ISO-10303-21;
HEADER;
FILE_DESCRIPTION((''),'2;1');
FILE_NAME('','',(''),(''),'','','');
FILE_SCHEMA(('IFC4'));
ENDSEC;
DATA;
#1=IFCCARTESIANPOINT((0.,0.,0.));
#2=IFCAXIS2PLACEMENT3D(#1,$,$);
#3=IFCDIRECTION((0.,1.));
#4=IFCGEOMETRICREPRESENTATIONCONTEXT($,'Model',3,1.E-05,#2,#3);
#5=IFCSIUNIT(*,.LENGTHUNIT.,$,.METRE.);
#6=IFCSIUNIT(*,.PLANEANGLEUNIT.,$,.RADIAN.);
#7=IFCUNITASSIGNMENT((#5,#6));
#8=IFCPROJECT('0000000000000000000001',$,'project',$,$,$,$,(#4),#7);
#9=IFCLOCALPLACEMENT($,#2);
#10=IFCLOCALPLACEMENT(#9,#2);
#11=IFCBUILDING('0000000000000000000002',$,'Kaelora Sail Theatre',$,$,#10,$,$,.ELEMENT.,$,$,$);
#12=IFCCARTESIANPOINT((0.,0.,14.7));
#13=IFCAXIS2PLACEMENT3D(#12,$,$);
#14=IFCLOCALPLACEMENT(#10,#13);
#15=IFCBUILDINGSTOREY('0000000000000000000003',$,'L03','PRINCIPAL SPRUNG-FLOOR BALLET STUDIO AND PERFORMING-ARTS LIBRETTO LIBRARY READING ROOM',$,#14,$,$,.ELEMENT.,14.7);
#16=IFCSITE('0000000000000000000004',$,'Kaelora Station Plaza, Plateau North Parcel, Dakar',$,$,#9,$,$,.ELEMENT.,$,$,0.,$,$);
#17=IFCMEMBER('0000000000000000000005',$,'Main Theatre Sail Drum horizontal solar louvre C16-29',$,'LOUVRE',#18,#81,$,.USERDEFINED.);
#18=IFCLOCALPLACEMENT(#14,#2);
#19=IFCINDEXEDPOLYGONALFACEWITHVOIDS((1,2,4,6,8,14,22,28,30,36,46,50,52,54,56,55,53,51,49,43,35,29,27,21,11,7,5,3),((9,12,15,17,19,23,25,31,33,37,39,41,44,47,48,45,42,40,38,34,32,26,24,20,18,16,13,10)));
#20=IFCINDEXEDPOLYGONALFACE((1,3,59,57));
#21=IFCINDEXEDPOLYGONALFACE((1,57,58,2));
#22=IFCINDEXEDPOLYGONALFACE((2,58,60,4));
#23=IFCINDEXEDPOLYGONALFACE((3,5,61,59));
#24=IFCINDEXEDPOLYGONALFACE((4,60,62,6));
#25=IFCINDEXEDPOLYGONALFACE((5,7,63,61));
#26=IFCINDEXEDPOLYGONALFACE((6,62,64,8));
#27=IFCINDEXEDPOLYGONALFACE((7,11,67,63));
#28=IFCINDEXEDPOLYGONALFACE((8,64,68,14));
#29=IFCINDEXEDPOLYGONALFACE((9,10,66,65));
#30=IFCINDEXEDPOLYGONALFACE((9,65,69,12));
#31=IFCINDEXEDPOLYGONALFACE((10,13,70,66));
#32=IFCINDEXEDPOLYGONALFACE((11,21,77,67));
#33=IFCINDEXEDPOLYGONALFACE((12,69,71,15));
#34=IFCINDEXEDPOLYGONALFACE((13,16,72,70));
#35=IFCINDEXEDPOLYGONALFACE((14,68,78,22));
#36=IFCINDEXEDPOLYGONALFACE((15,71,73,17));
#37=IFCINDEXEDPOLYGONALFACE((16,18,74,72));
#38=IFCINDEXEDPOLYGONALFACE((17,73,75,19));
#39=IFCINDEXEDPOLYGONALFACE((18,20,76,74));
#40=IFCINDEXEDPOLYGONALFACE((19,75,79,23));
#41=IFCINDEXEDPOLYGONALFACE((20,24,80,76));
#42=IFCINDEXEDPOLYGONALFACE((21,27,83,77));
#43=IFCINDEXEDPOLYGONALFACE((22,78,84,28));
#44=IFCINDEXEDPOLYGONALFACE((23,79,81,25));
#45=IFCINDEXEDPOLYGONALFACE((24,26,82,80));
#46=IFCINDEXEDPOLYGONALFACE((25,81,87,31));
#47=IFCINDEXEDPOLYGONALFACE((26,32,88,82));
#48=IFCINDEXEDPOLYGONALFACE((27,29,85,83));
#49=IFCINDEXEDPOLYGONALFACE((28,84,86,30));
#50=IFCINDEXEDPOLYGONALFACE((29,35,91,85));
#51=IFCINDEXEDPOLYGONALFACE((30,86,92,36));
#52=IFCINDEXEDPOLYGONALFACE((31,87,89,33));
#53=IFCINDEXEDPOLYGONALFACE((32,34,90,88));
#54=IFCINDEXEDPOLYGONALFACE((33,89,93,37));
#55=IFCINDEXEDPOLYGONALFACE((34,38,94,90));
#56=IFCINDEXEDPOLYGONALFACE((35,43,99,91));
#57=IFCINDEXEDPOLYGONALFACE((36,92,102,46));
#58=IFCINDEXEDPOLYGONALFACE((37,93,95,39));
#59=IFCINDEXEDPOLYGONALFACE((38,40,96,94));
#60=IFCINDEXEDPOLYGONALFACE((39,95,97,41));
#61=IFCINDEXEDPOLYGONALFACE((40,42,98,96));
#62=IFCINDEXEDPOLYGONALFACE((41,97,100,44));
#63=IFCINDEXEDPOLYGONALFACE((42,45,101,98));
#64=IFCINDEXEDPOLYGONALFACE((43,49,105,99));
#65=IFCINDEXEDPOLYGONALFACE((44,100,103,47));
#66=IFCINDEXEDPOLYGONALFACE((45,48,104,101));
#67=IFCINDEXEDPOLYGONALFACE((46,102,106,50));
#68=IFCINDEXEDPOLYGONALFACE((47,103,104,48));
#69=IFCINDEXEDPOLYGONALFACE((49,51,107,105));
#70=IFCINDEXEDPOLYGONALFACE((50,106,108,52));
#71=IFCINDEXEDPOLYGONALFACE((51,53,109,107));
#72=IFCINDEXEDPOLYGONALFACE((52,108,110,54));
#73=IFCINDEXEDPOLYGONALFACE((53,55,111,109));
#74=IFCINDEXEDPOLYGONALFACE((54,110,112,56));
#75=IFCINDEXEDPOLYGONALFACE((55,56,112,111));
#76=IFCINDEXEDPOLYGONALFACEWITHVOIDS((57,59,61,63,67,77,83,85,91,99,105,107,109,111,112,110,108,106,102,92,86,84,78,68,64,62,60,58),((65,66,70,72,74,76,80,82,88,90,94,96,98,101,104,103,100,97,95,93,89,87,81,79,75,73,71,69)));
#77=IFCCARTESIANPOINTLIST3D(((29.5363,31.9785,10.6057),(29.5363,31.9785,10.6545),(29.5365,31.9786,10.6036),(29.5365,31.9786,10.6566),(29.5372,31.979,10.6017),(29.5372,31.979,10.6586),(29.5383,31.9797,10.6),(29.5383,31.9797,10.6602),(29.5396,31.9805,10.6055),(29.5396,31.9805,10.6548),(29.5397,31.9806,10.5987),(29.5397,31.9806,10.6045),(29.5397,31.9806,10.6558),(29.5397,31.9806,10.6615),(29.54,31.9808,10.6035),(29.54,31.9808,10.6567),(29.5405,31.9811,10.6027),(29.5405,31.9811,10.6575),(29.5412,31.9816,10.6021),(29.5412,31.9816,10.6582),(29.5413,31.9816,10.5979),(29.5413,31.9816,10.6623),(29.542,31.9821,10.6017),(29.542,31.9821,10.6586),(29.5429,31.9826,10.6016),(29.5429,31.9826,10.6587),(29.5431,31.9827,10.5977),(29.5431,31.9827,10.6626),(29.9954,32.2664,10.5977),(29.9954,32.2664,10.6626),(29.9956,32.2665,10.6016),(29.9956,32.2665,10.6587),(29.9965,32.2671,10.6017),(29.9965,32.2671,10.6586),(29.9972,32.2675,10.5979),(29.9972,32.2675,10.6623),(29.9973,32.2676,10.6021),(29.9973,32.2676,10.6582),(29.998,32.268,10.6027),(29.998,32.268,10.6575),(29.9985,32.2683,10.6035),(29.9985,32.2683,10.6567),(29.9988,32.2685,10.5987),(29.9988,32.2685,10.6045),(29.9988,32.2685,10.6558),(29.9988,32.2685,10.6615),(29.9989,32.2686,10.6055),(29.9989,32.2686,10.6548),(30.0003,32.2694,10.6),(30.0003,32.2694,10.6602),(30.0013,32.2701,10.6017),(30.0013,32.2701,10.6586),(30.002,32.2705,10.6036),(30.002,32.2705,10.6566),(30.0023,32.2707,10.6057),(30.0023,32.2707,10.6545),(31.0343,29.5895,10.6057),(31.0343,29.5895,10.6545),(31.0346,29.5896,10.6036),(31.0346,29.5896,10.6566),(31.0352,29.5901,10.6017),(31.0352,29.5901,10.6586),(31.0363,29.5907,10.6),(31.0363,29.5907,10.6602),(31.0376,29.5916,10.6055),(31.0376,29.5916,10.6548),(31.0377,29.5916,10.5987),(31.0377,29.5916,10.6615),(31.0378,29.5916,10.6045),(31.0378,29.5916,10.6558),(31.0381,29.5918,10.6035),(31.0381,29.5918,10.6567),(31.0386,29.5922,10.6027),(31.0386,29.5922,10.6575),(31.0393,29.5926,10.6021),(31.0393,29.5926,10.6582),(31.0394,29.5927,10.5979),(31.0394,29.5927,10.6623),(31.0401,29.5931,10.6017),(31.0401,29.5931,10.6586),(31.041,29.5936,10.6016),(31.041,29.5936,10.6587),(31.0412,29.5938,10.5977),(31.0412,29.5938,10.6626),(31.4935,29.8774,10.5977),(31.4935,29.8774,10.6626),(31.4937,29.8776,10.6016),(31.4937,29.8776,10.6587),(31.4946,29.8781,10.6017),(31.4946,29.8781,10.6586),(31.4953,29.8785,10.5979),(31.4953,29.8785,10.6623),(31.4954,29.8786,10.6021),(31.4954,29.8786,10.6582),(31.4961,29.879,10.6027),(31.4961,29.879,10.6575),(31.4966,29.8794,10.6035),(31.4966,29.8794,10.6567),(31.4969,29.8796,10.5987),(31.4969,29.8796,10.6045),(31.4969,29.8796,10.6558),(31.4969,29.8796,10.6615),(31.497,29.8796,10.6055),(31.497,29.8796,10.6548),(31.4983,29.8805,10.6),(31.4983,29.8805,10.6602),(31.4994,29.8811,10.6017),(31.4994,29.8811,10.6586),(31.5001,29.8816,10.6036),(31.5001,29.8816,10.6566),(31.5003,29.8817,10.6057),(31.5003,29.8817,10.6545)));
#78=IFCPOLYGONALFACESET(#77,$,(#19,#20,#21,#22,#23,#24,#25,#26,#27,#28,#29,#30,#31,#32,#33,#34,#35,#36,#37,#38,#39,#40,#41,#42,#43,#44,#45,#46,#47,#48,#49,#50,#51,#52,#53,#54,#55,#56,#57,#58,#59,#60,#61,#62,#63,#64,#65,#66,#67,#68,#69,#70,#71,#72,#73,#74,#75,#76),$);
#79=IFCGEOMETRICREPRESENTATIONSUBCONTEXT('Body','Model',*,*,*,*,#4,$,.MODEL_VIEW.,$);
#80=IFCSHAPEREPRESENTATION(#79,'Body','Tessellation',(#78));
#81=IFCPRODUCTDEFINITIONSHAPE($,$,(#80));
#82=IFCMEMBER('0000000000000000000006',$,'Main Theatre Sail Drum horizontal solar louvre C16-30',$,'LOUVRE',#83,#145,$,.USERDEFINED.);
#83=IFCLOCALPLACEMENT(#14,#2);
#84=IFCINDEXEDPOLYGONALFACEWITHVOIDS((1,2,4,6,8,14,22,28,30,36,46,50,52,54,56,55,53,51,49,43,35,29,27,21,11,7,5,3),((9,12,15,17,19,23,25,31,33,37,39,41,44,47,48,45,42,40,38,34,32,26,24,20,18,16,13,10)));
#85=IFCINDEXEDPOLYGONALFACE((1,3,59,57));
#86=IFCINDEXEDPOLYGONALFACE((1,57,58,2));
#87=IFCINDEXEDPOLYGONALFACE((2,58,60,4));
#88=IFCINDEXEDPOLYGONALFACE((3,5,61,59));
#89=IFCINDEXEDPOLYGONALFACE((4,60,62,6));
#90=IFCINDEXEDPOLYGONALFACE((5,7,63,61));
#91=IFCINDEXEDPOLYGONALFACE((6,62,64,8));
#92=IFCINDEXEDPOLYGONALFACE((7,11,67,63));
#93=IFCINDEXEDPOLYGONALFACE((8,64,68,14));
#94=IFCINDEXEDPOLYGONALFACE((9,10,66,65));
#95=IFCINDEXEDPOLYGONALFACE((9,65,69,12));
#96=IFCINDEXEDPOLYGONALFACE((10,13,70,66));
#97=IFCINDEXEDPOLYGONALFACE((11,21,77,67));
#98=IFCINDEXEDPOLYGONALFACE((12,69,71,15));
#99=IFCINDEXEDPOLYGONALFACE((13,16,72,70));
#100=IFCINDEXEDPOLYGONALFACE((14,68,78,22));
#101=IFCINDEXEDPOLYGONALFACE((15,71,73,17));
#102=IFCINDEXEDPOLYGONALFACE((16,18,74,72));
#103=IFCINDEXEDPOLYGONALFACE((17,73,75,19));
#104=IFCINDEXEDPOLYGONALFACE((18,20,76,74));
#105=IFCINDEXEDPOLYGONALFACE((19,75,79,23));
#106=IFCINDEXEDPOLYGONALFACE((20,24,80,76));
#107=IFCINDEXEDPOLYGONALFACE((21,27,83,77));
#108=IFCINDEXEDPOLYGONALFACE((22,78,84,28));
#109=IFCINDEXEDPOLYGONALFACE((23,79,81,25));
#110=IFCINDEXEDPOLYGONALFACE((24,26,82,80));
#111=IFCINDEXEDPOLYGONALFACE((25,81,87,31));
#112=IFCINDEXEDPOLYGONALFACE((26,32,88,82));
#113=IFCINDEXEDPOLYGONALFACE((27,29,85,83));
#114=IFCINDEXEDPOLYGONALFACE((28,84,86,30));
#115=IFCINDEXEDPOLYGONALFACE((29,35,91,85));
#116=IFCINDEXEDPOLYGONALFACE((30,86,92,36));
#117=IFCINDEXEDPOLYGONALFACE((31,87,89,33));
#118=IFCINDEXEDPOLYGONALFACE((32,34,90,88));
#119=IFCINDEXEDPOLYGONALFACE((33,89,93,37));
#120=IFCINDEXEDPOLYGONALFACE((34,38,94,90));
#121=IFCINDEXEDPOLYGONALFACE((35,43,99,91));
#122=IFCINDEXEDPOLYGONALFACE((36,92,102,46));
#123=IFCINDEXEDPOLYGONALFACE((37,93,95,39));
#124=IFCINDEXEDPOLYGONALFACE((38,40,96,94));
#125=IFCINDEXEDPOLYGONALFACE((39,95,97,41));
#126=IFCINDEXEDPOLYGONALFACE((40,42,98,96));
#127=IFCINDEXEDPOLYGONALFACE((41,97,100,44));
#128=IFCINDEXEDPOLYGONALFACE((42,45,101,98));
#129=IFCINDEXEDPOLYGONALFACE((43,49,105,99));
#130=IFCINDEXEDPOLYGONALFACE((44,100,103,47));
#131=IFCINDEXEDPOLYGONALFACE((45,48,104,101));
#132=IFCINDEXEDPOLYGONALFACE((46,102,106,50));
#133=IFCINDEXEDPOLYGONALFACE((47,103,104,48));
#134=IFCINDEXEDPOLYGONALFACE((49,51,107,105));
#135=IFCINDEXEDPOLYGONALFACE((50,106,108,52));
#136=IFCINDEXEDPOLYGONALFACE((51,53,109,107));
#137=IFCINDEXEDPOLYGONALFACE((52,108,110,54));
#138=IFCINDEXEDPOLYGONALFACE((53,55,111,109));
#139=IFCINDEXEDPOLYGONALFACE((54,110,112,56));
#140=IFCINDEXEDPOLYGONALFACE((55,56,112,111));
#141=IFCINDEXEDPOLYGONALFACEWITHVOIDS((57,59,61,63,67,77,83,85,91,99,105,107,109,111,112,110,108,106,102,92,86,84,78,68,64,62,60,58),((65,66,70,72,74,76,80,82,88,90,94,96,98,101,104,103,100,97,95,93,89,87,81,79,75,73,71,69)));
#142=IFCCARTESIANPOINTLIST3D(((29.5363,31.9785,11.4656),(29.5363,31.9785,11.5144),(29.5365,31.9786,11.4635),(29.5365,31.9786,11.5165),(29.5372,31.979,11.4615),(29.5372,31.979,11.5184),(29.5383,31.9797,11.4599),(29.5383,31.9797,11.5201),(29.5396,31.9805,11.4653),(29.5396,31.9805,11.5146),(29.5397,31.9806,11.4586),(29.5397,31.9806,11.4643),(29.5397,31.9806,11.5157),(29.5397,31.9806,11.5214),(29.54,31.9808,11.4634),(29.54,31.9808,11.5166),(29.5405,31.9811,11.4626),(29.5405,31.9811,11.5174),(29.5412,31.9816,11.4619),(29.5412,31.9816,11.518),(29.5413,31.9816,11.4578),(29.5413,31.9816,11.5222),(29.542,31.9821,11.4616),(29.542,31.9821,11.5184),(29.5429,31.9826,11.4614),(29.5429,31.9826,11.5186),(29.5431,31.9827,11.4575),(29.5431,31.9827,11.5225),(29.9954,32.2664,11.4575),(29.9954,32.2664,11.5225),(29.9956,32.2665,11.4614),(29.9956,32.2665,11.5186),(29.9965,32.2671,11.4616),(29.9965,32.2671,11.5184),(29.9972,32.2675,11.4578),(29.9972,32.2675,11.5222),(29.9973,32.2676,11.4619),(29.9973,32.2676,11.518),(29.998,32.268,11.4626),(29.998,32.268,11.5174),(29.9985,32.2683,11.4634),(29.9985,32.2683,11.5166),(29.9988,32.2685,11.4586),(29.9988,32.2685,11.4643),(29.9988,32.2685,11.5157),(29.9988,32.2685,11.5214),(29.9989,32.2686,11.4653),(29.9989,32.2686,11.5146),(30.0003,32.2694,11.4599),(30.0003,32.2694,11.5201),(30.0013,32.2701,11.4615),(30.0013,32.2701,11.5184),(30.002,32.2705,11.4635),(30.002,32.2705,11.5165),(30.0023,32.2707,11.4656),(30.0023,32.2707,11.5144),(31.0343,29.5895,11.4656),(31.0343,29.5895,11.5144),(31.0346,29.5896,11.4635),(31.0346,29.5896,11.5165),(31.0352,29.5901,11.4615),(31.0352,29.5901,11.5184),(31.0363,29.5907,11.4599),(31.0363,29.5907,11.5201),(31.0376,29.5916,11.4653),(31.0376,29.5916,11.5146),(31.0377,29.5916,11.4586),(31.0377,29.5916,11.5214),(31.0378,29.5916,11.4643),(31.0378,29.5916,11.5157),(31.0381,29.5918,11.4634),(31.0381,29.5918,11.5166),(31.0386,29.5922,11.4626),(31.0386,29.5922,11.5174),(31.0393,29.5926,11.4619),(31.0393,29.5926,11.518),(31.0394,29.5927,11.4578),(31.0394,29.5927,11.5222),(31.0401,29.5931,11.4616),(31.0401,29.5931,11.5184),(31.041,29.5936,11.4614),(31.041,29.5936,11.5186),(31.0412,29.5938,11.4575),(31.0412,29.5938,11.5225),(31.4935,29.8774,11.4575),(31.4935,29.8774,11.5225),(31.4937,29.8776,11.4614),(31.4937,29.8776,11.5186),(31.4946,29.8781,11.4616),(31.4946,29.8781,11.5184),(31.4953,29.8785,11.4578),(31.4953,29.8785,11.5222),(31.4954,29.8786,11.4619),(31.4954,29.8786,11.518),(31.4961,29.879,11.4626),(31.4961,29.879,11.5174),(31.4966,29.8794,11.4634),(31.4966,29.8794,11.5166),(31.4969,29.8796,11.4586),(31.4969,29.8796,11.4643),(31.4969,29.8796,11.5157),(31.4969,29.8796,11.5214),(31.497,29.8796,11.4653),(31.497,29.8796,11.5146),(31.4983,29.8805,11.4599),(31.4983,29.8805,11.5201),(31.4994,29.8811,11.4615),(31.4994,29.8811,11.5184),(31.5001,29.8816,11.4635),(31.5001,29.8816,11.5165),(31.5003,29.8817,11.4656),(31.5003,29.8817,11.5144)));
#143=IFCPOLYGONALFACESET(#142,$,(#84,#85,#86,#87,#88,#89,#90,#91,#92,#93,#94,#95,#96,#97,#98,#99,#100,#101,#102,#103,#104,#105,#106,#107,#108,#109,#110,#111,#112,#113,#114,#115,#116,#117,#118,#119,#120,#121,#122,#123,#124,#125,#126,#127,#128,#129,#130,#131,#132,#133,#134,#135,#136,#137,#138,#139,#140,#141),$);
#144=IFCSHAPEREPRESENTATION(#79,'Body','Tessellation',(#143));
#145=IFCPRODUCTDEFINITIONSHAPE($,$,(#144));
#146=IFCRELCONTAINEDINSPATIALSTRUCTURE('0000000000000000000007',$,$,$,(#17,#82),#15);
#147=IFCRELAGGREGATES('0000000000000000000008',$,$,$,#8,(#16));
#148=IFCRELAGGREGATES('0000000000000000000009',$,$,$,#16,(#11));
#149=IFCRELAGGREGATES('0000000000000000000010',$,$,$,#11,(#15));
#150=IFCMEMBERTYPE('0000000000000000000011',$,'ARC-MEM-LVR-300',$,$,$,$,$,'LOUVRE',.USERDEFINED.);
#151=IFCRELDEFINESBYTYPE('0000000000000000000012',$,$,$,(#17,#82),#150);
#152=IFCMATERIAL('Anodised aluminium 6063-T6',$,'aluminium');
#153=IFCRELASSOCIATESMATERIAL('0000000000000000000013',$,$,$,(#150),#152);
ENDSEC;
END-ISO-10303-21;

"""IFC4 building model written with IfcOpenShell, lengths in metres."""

from ifc_helpers import new_model, si_unit, direction, frame, origin, origin_2d, place, context, subcontext, project, spatial, hollow_rectangle, extrude, material, material_profile, profile_set, type_object, element, save


model = new_model("IFC4")

# Units and contexts
model_context = context("Model", 3, precision=1e-05, world=origin(), true_north=direction((0.0, 1.0)))
body_context = subcontext(model_context, "Body", "Model", "MODEL_VIEW")
ifc_project = project(units=[si_unit("LENGTHUNIT", "METRE"), si_unit("PLANEANGLEUNIT", "RADIAN")], contexts=[model_context])

# Site, building, storey
site_placement = place(None, origin())
site = spatial("IfcSite", under=ifc_project, at=site_placement, Name="Kaelora Station Plaza, Plateau North Parcel, Dakar", CompositionType="ELEMENT", RefElevation=0.0)
building_placement = place(site_placement, origin())
building = spatial("IfcBuilding", under=site, at=building_placement, Name="Kaelora Sail Theatre", CompositionType="ELEMENT")
storey_placement = place(building_placement, frame((0.0, 0.0, 14.7)))
storey = spatial("IfcBuildingStorey", under=building, at=storey_placement, Name="L03", Description="PRINCIPAL SPRUNG-FLOOR BALLET STUDIO AND PERFORMING-ARTS LIBRETTO LIBRARY READING ROOM", CompositionType="ELEMENT", Elevation=14.7)

# Members
ifc_material_1 = material(Name="Anodised aluminium 6063-T6", Category="aluminium")
ifc_material_profile_1 = material_profile(ifc_material_1, hollow_rectangle(XDim=0.55, YDim=0.0649, WallThickness=0.0039, InnerFilletRadius=0.0039, OuterFilletRadius=0.0081, at=origin_2d()), Name="LOUVRE 550x65x4")
ifc_profile_set_1 = profile_set([ifc_material_profile_1], Name="Anodised aluminium 6063-T6")
member_type = type_object("IfcMemberType", Name="ARC-MEM-LVR-300", ElementType="LOUVRE", PredefinedType="USERDEFINED", material=ifc_profile_set_1)
for number, where, z_axis, x_axis, name in (
    (1, (31.2673, 29.7356, 10.6301), (-0.531267, 0.847204, 0.0), (-0.847204, -0.531267, 0.0), "Main Theatre Sail Drum horizontal solar louvre C16-29"),
    (2, (31.2673, 29.7356, 11.49), (-0.531267, 0.847204, 0.0), (-0.847204, -0.531267, 0.0), "Main Theatre Sail Drum horizontal solar louvre C16-30"),
):
    element("IfcMember", number, at=place(storey_placement, frame(where, z_axis=z_axis, x_axis=x_axis)), inside=storey, type_object=member_type, Name=name, ObjectType="LOUVRE", PredefinedType="USERDEFINED", context=body_context, shape_type="SweptSolid", body=[
        extrude(hollow_rectangle(XDim=0.55, YDim=0.0649, WallThickness=0.0039, InnerFilletRadius=0.0039, OuterFilletRadius=0.0081, at=origin_2d()), origin(), (0.0, 0.0, 1.0), 2.8198),
    ])

save(model, "model.ifc")
